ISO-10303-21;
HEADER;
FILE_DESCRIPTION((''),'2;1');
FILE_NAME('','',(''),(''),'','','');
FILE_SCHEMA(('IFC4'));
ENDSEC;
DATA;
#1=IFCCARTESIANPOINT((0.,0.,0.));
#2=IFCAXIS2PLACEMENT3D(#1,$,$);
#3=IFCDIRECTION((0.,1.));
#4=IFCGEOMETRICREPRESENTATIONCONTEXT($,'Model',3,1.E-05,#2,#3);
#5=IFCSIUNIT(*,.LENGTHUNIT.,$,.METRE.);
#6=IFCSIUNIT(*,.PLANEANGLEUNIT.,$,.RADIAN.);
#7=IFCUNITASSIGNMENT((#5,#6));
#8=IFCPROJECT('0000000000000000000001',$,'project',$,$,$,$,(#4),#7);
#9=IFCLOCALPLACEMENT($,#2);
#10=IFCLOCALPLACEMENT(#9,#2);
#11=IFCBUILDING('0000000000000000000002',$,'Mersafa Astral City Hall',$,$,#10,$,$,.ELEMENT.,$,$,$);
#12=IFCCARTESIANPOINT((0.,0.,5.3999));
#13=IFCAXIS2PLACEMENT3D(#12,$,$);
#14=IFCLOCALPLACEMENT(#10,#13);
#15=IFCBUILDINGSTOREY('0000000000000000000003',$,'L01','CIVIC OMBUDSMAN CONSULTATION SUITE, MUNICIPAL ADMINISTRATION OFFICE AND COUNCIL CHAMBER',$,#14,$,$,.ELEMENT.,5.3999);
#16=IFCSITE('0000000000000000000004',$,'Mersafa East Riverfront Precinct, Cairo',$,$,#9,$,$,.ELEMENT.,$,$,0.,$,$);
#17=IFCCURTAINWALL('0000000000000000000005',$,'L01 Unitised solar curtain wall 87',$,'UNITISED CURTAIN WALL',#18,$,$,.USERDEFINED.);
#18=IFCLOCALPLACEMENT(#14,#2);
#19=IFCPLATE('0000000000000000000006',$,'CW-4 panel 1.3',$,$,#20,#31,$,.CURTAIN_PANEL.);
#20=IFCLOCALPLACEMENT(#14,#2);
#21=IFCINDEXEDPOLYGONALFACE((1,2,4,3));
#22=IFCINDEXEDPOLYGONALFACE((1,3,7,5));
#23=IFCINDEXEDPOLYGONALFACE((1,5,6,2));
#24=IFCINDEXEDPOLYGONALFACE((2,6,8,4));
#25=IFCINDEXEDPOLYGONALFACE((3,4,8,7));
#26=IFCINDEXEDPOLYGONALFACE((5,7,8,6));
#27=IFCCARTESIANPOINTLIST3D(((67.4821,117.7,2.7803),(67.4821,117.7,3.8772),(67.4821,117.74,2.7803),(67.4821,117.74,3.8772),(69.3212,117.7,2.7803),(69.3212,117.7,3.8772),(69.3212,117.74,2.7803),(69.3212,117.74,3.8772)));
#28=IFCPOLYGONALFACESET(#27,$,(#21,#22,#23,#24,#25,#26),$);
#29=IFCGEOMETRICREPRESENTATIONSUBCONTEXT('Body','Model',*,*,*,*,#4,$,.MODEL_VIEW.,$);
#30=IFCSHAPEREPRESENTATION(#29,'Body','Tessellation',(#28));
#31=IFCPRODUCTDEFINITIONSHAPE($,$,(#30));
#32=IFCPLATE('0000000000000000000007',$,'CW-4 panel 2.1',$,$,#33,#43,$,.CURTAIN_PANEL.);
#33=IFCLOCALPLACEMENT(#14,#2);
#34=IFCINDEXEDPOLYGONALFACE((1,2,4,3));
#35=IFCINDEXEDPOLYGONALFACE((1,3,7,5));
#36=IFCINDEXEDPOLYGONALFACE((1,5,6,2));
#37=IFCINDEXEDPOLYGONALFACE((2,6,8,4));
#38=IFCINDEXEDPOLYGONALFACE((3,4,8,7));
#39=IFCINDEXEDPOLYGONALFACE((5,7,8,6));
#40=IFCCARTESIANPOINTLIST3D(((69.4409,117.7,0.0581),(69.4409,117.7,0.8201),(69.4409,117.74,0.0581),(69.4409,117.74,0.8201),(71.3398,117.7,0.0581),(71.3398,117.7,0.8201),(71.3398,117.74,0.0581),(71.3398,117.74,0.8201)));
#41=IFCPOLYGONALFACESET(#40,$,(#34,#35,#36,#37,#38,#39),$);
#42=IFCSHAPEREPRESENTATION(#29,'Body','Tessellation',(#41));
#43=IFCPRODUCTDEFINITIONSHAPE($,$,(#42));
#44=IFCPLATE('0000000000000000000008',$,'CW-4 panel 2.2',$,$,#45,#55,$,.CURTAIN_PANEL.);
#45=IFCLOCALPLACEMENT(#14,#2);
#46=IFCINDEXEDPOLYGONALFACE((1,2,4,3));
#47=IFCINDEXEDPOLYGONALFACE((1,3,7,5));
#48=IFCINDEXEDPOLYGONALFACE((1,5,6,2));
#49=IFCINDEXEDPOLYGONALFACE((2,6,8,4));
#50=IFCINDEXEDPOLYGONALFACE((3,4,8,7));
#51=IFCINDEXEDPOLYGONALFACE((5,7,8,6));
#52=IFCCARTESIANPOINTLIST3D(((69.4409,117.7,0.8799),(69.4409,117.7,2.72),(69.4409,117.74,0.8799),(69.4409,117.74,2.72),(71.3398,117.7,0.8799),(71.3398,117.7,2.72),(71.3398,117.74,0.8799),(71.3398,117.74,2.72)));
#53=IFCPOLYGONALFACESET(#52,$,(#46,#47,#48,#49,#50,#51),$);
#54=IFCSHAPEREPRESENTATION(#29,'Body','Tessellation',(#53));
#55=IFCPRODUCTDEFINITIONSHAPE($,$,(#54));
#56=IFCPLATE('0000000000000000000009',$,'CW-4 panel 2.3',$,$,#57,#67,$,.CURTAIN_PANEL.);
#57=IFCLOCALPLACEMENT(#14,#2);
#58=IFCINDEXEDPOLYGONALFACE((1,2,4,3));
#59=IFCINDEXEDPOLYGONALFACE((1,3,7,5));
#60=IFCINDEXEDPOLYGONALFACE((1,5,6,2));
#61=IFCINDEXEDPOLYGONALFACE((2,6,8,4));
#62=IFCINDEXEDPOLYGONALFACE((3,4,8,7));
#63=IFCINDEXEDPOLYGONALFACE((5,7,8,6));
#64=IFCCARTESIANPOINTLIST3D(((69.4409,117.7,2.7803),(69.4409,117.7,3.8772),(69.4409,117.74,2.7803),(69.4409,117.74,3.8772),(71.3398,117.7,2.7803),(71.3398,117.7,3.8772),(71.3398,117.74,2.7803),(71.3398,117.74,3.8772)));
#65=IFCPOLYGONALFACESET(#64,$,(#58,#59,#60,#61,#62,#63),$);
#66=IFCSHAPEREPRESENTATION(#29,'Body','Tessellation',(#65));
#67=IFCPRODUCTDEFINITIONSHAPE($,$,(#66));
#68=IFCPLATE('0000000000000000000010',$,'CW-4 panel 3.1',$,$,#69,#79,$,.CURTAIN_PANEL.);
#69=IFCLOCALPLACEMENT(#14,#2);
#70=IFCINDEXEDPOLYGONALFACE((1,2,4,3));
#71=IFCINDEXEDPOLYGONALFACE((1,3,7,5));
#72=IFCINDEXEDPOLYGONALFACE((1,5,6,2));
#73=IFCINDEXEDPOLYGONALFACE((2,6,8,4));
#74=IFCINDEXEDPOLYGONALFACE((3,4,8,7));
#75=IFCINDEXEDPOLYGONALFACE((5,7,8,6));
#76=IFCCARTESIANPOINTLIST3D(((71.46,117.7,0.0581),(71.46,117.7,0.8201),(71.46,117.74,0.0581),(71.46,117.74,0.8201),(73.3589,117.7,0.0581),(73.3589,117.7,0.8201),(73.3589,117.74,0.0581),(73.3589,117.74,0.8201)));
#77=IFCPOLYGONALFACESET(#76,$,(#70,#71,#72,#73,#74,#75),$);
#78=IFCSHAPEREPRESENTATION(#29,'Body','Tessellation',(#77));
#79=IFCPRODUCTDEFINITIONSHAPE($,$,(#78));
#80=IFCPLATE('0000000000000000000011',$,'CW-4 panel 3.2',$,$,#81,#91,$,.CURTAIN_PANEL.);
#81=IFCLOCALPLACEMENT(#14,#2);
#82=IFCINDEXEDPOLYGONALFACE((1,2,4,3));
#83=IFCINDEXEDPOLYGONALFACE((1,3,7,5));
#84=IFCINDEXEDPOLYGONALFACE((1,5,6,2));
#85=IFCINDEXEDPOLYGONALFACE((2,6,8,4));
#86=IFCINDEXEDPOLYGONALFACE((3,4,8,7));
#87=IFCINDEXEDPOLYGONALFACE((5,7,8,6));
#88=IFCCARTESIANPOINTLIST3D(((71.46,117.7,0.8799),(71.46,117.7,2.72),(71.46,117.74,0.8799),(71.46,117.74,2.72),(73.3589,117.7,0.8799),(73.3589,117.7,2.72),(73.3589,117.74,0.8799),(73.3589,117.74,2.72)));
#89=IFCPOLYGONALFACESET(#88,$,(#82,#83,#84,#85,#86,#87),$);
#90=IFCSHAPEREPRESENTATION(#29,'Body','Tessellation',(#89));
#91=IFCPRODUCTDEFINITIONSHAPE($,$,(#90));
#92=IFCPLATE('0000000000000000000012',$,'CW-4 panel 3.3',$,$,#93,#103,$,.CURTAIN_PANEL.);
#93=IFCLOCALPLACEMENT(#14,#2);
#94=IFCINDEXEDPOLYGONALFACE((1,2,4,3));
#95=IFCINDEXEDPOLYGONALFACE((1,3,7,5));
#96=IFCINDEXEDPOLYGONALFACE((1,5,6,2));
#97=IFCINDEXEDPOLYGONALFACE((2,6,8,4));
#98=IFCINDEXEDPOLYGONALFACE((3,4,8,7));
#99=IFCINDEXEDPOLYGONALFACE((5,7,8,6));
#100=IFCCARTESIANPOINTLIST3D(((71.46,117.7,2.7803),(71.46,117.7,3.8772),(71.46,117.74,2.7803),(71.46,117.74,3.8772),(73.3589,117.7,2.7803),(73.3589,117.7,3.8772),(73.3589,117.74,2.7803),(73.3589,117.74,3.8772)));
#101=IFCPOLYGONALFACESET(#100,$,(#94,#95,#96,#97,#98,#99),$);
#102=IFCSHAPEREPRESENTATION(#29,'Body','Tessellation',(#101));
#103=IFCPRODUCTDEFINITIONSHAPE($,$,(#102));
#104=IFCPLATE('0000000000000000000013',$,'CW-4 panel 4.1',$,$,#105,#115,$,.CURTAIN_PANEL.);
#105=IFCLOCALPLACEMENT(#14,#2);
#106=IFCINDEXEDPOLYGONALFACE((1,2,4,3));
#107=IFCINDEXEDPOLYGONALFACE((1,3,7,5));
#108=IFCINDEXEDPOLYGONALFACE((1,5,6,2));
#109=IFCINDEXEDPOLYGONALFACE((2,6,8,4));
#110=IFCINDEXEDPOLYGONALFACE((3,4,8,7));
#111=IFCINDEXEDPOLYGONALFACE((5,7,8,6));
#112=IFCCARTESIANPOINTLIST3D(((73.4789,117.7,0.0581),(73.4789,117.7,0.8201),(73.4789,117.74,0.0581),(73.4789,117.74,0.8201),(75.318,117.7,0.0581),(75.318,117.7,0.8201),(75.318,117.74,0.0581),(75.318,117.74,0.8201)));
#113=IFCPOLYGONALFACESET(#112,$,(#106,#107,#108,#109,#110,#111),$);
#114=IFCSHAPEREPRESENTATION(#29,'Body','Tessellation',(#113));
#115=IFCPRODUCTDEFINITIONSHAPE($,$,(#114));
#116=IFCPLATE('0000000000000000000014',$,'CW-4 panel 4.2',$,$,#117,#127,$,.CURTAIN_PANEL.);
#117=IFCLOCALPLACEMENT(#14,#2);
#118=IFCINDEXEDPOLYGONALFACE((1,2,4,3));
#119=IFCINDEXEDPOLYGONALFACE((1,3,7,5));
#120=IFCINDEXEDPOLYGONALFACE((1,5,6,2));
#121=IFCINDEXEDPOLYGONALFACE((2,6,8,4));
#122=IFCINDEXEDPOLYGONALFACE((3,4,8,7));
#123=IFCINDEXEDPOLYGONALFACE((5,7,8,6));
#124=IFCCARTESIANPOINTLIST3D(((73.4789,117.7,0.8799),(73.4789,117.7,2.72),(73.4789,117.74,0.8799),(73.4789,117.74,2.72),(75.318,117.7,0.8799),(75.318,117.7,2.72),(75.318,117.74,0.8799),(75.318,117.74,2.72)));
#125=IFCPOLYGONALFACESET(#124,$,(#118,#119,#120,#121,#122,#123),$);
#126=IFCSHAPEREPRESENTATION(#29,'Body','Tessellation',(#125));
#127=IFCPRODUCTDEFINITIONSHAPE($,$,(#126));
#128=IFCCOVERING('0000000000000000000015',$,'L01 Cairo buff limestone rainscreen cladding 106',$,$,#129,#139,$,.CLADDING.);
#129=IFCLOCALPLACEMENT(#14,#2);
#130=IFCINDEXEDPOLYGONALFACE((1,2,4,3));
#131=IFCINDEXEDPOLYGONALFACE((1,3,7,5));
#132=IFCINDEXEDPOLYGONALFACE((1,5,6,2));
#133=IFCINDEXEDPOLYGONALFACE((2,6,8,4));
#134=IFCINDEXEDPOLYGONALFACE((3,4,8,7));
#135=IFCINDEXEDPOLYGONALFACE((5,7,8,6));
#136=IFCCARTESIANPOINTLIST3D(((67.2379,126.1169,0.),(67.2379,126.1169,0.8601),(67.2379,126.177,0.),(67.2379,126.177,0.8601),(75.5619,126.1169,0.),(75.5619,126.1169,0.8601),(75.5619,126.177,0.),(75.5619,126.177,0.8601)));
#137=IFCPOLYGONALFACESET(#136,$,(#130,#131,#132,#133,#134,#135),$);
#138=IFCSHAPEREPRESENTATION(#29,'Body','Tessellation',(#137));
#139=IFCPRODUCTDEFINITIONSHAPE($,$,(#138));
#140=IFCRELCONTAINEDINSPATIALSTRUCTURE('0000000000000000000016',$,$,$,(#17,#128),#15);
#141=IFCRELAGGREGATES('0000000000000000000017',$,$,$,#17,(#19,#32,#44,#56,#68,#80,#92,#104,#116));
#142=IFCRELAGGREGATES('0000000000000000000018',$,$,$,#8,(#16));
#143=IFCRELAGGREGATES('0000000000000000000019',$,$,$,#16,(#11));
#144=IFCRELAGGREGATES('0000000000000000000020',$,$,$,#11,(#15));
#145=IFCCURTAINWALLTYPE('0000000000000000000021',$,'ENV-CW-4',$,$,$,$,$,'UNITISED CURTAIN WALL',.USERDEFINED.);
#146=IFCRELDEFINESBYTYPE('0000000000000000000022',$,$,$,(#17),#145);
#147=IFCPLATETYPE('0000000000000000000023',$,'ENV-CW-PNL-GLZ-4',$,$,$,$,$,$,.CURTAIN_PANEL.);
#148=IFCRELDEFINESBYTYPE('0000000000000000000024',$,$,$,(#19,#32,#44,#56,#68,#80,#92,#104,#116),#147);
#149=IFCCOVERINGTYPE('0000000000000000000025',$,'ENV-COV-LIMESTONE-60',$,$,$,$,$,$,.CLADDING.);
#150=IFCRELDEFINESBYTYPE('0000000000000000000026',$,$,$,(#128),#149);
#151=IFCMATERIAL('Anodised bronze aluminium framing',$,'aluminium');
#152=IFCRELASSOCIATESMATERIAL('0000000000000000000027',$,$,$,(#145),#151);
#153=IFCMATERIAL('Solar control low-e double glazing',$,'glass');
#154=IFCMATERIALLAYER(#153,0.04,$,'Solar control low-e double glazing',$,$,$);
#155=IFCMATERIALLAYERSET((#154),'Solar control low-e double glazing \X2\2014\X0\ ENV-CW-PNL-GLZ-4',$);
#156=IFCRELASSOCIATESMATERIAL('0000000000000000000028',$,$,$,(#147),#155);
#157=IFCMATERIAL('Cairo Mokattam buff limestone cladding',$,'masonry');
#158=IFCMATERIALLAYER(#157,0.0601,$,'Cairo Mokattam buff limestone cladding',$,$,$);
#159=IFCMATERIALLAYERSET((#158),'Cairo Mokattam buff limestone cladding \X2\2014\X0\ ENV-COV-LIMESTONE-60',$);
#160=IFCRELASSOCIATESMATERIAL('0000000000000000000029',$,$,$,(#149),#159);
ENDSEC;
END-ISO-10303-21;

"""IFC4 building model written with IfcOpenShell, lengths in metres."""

from ifc_helpers import new_model, si_unit, direction, frame, origin, origin_2d, place, context, subcontext, project, spatial, rectangle, extrude, material, layer, layer_set, type_object, element, aggregate, save


model = new_model("IFC4")

# Units and contexts
model_context = context("Model", 3, precision=1e-05, world=origin(), true_north=direction((0.0, 1.0)))
body_context = subcontext(model_context, "Body", "Model", "MODEL_VIEW")
ifc_project = project(units=[si_unit("LENGTHUNIT", "METRE"), si_unit("PLANEANGLEUNIT", "RADIAN")], contexts=[model_context])

# Site, building, storey
site_placement = place(None, origin())
site = spatial("IfcSite", under=ifc_project, at=site_placement, Name="Mersafa East Riverfront Precinct, Cairo", CompositionType="ELEMENT", RefElevation=0.0)
building_placement = place(site_placement, origin())
building = spatial("IfcBuilding", under=site, at=building_placement, Name="Mersafa Astral City Hall", CompositionType="ELEMENT")
storey_placement = place(building_placement, frame((0.0, 0.0, 5.3999)))
storey = spatial("IfcBuildingStorey", under=building, at=storey_placement, Name="L01", Description="CIVIC OMBUDSMAN CONSULTATION SUITE, MUNICIPAL ADMINISTRATION OFFICE AND COUNCIL CHAMBER", CompositionType="ELEMENT", Elevation=5.3999)

# Curtain wall
ifc_material_1 = material(Name="Anodised bronze aluminium framing", Category="aluminium")
curtain_wall_type = type_object("IfcCurtainWallType", Name="ENV-CW-4", ElementType="UNITISED CURTAIN WALL", PredefinedType="USERDEFINED", material=ifc_material_1)
curtain_wall_placement = place(storey_placement, origin())
curtain_wall = element("IfcCurtainWall", 1, at=curtain_wall_placement, inside=storey, type_object=curtain_wall_type, Name="L01 Unitised solar curtain wall 87", ObjectType="UNITISED CURTAIN WALL", PredefinedType="USERDEFINED")

# Plates
ifc_material_2 = material(Name="Solar control low-e double glazing", Category="glass")
ifc_layer_1 = layer(ifc_material_2, 0.04, Name="Solar control low-e double glazing")
ifc_layer_set_1 = layer_set([ifc_layer_1], Name="Solar control low-e double glazing — ENV-CW-PNL-GLZ-4")
plate_type = type_object("IfcPlateType", Name="ENV-CW-PNL-GLZ-4", PredefinedType="CURTAIN_PANEL", material=ifc_layer_set_1)
plate_1_placement = place(storey_placement, frame((68.4016, 117.72, 2.7803), z_axis=(0.0, 0.0, 1.0), x_axis=(1.0, 0.0, 0.0)))
plate_1 = element("IfcPlate", 2, at=plate_1_placement, type_object=plate_type, Name="CW-4 panel 1.3", PredefinedType="CURTAIN_PANEL", context=body_context, shape_type="SweptSolid", body=[
    extrude(rectangle(XDim=1.8391, YDim=0.04, at=origin_2d()), origin(), (0.0, 0.0, 1.0), 1.0969),
])
plate_2_placement = place(storey_placement, frame((70.3904, 117.72, 0.0581), z_axis=(0.0, 0.0, 1.0), x_axis=(1.0, 0.0, 0.0)))
plate_2 = element("IfcPlate", 3, at=plate_2_placement, type_object=plate_type, Name="CW-4 panel 2.1", PredefinedType="CURTAIN_PANEL", context=body_context, shape_type="SweptSolid", body=[
    extrude(rectangle(XDim=1.8989, YDim=0.04, at=origin_2d()), origin(), (0.0, 0.0, 1.0), 0.762),
])
plate_3_placement = place(storey_placement, frame((70.3904, 117.72, 0.8799), z_axis=(0.0, 0.0, 1.0), x_axis=(1.0, 0.0, 0.0)))
plate_3 = element("IfcPlate", 4, at=plate_3_placement, type_object=plate_type, Name="CW-4 panel 2.2", PredefinedType="CURTAIN_PANEL", context=body_context, shape_type="SweptSolid", body=[
    extrude(rectangle(XDim=1.8989, YDim=0.04, at=origin_2d()), origin(), (0.0, 0.0, 1.0), 1.8401),
])
plate_4_placement = place(storey_placement, frame((70.3904, 117.72, 2.7803), z_axis=(0.0, 0.0, 1.0), x_axis=(1.0, 0.0, 0.0)))
plate_4 = element("IfcPlate", 5, at=plate_4_placement, type_object=plate_type, Name="CW-4 panel 2.3", PredefinedType="CURTAIN_PANEL", context=body_context, shape_type="SweptSolid", body=[
    extrude(rectangle(XDim=1.8989, YDim=0.04, at=origin_2d()), origin(), (0.0, 0.0, 1.0), 1.0969),
])
plate_5_placement = place(storey_placement, frame((72.4094, 117.72, 0.0581), z_axis=(0.0, 0.0, 1.0), x_axis=(1.0, 0.0, 0.0)))
plate_5 = element("IfcPlate", 6, at=plate_5_placement, type_object=plate_type, Name="CW-4 panel 3.1", PredefinedType="CURTAIN_PANEL", context=body_context, shape_type="SweptSolid", body=[
    extrude(rectangle(XDim=1.8989, YDim=0.04, at=origin_2d()), origin(), (0.0, 0.0, 1.0), 0.762),
])
plate_6_placement = place(storey_placement, frame((72.4094, 117.72, 0.8799), z_axis=(0.0, 0.0, 1.0), x_axis=(1.0, 0.0, 0.0)))
plate_6 = element("IfcPlate", 7, at=plate_6_placement, type_object=plate_type, Name="CW-4 panel 3.2", PredefinedType="CURTAIN_PANEL", context=body_context, shape_type="SweptSolid", body=[
    extrude(rectangle(XDim=1.8989, YDim=0.04, at=origin_2d()), origin(), (0.0, 0.0, 1.0), 1.8401),
])
plate_7_placement = place(storey_placement, frame((72.4094, 117.72, 2.7803), z_axis=(0.0, 0.0, 1.0), x_axis=(1.0, 0.0, 0.0)))
plate_7 = element("IfcPlate", 8, at=plate_7_placement, type_object=plate_type, Name="CW-4 panel 3.3", PredefinedType="CURTAIN_PANEL", context=body_context, shape_type="SweptSolid", body=[
    extrude(rectangle(XDim=1.8989, YDim=0.04, at=origin_2d()), origin(), (0.0, 0.0, 1.0), 1.0969),
])
plate_8_placement = place(storey_placement, frame((74.3984, 117.72, 0.0581), z_axis=(0.0, 0.0, 1.0), x_axis=(1.0, 0.0, 0.0)))
plate_8 = element("IfcPlate", 9, at=plate_8_placement, type_object=plate_type, Name="CW-4 panel 4.1", PredefinedType="CURTAIN_PANEL", context=body_context, shape_type="SweptSolid", body=[
    extrude(rectangle(XDim=1.8391, YDim=0.04, at=origin_2d()), origin(), (0.0, 0.0, 1.0), 0.762),
])
plate_9_placement = place(storey_placement, frame((74.3984, 117.72, 0.8799), z_axis=(0.0, 0.0, 1.0), x_axis=(1.0, 0.0, 0.0)))
plate_9 = element("IfcPlate", 10, at=plate_9_placement, type_object=plate_type, Name="CW-4 panel 4.2", PredefinedType="CURTAIN_PANEL", context=body_context, shape_type="SweptSolid", body=[
    extrude(rectangle(XDim=1.8391, YDim=0.04, at=origin_2d()), origin(), (0.0, 0.0, 1.0), 1.8401),
])
aggregate(curtain_wall, [plate_1, plate_2, plate_3, plate_4, plate_5, plate_6, plate_7, plate_8, plate_9])

# Covering
ifc_material_3 = material(Name="Cairo Mokattam buff limestone cladding", Category="masonry")
ifc_layer_2 = layer(ifc_material_3, 0.0601, Name="Cairo Mokattam buff limestone cladding")
ifc_layer_set_2 = layer_set([ifc_layer_2], Name="Cairo Mokattam buff limestone cladding — ENV-COV-LIMESTONE-60")
covering_type = type_object("IfcCoveringType", Name="ENV-COV-LIMESTONE-60", PredefinedType="CLADDING", material=ifc_layer_set_2)
covering_placement = place(storey_placement, frame((71.3999, 126.147, 0.0), z_axis=(0.0, 0.0, 1.0), x_axis=(-1.0, 0.0, 0.0)))
element("IfcCovering", 11, at=covering_placement, inside=storey, type_object=covering_type, Name="L01 Cairo buff limestone rainscreen cladding 106", PredefinedType="CLADDING", context=body_context, shape_type="SweptSolid", body=[
    extrude(rectangle(XDim=8.324, YDim=0.0601, at=origin_2d()), origin(), (0.0, 0.0, 1.0), 0.8601),
])

save(model, "model.ifc")
